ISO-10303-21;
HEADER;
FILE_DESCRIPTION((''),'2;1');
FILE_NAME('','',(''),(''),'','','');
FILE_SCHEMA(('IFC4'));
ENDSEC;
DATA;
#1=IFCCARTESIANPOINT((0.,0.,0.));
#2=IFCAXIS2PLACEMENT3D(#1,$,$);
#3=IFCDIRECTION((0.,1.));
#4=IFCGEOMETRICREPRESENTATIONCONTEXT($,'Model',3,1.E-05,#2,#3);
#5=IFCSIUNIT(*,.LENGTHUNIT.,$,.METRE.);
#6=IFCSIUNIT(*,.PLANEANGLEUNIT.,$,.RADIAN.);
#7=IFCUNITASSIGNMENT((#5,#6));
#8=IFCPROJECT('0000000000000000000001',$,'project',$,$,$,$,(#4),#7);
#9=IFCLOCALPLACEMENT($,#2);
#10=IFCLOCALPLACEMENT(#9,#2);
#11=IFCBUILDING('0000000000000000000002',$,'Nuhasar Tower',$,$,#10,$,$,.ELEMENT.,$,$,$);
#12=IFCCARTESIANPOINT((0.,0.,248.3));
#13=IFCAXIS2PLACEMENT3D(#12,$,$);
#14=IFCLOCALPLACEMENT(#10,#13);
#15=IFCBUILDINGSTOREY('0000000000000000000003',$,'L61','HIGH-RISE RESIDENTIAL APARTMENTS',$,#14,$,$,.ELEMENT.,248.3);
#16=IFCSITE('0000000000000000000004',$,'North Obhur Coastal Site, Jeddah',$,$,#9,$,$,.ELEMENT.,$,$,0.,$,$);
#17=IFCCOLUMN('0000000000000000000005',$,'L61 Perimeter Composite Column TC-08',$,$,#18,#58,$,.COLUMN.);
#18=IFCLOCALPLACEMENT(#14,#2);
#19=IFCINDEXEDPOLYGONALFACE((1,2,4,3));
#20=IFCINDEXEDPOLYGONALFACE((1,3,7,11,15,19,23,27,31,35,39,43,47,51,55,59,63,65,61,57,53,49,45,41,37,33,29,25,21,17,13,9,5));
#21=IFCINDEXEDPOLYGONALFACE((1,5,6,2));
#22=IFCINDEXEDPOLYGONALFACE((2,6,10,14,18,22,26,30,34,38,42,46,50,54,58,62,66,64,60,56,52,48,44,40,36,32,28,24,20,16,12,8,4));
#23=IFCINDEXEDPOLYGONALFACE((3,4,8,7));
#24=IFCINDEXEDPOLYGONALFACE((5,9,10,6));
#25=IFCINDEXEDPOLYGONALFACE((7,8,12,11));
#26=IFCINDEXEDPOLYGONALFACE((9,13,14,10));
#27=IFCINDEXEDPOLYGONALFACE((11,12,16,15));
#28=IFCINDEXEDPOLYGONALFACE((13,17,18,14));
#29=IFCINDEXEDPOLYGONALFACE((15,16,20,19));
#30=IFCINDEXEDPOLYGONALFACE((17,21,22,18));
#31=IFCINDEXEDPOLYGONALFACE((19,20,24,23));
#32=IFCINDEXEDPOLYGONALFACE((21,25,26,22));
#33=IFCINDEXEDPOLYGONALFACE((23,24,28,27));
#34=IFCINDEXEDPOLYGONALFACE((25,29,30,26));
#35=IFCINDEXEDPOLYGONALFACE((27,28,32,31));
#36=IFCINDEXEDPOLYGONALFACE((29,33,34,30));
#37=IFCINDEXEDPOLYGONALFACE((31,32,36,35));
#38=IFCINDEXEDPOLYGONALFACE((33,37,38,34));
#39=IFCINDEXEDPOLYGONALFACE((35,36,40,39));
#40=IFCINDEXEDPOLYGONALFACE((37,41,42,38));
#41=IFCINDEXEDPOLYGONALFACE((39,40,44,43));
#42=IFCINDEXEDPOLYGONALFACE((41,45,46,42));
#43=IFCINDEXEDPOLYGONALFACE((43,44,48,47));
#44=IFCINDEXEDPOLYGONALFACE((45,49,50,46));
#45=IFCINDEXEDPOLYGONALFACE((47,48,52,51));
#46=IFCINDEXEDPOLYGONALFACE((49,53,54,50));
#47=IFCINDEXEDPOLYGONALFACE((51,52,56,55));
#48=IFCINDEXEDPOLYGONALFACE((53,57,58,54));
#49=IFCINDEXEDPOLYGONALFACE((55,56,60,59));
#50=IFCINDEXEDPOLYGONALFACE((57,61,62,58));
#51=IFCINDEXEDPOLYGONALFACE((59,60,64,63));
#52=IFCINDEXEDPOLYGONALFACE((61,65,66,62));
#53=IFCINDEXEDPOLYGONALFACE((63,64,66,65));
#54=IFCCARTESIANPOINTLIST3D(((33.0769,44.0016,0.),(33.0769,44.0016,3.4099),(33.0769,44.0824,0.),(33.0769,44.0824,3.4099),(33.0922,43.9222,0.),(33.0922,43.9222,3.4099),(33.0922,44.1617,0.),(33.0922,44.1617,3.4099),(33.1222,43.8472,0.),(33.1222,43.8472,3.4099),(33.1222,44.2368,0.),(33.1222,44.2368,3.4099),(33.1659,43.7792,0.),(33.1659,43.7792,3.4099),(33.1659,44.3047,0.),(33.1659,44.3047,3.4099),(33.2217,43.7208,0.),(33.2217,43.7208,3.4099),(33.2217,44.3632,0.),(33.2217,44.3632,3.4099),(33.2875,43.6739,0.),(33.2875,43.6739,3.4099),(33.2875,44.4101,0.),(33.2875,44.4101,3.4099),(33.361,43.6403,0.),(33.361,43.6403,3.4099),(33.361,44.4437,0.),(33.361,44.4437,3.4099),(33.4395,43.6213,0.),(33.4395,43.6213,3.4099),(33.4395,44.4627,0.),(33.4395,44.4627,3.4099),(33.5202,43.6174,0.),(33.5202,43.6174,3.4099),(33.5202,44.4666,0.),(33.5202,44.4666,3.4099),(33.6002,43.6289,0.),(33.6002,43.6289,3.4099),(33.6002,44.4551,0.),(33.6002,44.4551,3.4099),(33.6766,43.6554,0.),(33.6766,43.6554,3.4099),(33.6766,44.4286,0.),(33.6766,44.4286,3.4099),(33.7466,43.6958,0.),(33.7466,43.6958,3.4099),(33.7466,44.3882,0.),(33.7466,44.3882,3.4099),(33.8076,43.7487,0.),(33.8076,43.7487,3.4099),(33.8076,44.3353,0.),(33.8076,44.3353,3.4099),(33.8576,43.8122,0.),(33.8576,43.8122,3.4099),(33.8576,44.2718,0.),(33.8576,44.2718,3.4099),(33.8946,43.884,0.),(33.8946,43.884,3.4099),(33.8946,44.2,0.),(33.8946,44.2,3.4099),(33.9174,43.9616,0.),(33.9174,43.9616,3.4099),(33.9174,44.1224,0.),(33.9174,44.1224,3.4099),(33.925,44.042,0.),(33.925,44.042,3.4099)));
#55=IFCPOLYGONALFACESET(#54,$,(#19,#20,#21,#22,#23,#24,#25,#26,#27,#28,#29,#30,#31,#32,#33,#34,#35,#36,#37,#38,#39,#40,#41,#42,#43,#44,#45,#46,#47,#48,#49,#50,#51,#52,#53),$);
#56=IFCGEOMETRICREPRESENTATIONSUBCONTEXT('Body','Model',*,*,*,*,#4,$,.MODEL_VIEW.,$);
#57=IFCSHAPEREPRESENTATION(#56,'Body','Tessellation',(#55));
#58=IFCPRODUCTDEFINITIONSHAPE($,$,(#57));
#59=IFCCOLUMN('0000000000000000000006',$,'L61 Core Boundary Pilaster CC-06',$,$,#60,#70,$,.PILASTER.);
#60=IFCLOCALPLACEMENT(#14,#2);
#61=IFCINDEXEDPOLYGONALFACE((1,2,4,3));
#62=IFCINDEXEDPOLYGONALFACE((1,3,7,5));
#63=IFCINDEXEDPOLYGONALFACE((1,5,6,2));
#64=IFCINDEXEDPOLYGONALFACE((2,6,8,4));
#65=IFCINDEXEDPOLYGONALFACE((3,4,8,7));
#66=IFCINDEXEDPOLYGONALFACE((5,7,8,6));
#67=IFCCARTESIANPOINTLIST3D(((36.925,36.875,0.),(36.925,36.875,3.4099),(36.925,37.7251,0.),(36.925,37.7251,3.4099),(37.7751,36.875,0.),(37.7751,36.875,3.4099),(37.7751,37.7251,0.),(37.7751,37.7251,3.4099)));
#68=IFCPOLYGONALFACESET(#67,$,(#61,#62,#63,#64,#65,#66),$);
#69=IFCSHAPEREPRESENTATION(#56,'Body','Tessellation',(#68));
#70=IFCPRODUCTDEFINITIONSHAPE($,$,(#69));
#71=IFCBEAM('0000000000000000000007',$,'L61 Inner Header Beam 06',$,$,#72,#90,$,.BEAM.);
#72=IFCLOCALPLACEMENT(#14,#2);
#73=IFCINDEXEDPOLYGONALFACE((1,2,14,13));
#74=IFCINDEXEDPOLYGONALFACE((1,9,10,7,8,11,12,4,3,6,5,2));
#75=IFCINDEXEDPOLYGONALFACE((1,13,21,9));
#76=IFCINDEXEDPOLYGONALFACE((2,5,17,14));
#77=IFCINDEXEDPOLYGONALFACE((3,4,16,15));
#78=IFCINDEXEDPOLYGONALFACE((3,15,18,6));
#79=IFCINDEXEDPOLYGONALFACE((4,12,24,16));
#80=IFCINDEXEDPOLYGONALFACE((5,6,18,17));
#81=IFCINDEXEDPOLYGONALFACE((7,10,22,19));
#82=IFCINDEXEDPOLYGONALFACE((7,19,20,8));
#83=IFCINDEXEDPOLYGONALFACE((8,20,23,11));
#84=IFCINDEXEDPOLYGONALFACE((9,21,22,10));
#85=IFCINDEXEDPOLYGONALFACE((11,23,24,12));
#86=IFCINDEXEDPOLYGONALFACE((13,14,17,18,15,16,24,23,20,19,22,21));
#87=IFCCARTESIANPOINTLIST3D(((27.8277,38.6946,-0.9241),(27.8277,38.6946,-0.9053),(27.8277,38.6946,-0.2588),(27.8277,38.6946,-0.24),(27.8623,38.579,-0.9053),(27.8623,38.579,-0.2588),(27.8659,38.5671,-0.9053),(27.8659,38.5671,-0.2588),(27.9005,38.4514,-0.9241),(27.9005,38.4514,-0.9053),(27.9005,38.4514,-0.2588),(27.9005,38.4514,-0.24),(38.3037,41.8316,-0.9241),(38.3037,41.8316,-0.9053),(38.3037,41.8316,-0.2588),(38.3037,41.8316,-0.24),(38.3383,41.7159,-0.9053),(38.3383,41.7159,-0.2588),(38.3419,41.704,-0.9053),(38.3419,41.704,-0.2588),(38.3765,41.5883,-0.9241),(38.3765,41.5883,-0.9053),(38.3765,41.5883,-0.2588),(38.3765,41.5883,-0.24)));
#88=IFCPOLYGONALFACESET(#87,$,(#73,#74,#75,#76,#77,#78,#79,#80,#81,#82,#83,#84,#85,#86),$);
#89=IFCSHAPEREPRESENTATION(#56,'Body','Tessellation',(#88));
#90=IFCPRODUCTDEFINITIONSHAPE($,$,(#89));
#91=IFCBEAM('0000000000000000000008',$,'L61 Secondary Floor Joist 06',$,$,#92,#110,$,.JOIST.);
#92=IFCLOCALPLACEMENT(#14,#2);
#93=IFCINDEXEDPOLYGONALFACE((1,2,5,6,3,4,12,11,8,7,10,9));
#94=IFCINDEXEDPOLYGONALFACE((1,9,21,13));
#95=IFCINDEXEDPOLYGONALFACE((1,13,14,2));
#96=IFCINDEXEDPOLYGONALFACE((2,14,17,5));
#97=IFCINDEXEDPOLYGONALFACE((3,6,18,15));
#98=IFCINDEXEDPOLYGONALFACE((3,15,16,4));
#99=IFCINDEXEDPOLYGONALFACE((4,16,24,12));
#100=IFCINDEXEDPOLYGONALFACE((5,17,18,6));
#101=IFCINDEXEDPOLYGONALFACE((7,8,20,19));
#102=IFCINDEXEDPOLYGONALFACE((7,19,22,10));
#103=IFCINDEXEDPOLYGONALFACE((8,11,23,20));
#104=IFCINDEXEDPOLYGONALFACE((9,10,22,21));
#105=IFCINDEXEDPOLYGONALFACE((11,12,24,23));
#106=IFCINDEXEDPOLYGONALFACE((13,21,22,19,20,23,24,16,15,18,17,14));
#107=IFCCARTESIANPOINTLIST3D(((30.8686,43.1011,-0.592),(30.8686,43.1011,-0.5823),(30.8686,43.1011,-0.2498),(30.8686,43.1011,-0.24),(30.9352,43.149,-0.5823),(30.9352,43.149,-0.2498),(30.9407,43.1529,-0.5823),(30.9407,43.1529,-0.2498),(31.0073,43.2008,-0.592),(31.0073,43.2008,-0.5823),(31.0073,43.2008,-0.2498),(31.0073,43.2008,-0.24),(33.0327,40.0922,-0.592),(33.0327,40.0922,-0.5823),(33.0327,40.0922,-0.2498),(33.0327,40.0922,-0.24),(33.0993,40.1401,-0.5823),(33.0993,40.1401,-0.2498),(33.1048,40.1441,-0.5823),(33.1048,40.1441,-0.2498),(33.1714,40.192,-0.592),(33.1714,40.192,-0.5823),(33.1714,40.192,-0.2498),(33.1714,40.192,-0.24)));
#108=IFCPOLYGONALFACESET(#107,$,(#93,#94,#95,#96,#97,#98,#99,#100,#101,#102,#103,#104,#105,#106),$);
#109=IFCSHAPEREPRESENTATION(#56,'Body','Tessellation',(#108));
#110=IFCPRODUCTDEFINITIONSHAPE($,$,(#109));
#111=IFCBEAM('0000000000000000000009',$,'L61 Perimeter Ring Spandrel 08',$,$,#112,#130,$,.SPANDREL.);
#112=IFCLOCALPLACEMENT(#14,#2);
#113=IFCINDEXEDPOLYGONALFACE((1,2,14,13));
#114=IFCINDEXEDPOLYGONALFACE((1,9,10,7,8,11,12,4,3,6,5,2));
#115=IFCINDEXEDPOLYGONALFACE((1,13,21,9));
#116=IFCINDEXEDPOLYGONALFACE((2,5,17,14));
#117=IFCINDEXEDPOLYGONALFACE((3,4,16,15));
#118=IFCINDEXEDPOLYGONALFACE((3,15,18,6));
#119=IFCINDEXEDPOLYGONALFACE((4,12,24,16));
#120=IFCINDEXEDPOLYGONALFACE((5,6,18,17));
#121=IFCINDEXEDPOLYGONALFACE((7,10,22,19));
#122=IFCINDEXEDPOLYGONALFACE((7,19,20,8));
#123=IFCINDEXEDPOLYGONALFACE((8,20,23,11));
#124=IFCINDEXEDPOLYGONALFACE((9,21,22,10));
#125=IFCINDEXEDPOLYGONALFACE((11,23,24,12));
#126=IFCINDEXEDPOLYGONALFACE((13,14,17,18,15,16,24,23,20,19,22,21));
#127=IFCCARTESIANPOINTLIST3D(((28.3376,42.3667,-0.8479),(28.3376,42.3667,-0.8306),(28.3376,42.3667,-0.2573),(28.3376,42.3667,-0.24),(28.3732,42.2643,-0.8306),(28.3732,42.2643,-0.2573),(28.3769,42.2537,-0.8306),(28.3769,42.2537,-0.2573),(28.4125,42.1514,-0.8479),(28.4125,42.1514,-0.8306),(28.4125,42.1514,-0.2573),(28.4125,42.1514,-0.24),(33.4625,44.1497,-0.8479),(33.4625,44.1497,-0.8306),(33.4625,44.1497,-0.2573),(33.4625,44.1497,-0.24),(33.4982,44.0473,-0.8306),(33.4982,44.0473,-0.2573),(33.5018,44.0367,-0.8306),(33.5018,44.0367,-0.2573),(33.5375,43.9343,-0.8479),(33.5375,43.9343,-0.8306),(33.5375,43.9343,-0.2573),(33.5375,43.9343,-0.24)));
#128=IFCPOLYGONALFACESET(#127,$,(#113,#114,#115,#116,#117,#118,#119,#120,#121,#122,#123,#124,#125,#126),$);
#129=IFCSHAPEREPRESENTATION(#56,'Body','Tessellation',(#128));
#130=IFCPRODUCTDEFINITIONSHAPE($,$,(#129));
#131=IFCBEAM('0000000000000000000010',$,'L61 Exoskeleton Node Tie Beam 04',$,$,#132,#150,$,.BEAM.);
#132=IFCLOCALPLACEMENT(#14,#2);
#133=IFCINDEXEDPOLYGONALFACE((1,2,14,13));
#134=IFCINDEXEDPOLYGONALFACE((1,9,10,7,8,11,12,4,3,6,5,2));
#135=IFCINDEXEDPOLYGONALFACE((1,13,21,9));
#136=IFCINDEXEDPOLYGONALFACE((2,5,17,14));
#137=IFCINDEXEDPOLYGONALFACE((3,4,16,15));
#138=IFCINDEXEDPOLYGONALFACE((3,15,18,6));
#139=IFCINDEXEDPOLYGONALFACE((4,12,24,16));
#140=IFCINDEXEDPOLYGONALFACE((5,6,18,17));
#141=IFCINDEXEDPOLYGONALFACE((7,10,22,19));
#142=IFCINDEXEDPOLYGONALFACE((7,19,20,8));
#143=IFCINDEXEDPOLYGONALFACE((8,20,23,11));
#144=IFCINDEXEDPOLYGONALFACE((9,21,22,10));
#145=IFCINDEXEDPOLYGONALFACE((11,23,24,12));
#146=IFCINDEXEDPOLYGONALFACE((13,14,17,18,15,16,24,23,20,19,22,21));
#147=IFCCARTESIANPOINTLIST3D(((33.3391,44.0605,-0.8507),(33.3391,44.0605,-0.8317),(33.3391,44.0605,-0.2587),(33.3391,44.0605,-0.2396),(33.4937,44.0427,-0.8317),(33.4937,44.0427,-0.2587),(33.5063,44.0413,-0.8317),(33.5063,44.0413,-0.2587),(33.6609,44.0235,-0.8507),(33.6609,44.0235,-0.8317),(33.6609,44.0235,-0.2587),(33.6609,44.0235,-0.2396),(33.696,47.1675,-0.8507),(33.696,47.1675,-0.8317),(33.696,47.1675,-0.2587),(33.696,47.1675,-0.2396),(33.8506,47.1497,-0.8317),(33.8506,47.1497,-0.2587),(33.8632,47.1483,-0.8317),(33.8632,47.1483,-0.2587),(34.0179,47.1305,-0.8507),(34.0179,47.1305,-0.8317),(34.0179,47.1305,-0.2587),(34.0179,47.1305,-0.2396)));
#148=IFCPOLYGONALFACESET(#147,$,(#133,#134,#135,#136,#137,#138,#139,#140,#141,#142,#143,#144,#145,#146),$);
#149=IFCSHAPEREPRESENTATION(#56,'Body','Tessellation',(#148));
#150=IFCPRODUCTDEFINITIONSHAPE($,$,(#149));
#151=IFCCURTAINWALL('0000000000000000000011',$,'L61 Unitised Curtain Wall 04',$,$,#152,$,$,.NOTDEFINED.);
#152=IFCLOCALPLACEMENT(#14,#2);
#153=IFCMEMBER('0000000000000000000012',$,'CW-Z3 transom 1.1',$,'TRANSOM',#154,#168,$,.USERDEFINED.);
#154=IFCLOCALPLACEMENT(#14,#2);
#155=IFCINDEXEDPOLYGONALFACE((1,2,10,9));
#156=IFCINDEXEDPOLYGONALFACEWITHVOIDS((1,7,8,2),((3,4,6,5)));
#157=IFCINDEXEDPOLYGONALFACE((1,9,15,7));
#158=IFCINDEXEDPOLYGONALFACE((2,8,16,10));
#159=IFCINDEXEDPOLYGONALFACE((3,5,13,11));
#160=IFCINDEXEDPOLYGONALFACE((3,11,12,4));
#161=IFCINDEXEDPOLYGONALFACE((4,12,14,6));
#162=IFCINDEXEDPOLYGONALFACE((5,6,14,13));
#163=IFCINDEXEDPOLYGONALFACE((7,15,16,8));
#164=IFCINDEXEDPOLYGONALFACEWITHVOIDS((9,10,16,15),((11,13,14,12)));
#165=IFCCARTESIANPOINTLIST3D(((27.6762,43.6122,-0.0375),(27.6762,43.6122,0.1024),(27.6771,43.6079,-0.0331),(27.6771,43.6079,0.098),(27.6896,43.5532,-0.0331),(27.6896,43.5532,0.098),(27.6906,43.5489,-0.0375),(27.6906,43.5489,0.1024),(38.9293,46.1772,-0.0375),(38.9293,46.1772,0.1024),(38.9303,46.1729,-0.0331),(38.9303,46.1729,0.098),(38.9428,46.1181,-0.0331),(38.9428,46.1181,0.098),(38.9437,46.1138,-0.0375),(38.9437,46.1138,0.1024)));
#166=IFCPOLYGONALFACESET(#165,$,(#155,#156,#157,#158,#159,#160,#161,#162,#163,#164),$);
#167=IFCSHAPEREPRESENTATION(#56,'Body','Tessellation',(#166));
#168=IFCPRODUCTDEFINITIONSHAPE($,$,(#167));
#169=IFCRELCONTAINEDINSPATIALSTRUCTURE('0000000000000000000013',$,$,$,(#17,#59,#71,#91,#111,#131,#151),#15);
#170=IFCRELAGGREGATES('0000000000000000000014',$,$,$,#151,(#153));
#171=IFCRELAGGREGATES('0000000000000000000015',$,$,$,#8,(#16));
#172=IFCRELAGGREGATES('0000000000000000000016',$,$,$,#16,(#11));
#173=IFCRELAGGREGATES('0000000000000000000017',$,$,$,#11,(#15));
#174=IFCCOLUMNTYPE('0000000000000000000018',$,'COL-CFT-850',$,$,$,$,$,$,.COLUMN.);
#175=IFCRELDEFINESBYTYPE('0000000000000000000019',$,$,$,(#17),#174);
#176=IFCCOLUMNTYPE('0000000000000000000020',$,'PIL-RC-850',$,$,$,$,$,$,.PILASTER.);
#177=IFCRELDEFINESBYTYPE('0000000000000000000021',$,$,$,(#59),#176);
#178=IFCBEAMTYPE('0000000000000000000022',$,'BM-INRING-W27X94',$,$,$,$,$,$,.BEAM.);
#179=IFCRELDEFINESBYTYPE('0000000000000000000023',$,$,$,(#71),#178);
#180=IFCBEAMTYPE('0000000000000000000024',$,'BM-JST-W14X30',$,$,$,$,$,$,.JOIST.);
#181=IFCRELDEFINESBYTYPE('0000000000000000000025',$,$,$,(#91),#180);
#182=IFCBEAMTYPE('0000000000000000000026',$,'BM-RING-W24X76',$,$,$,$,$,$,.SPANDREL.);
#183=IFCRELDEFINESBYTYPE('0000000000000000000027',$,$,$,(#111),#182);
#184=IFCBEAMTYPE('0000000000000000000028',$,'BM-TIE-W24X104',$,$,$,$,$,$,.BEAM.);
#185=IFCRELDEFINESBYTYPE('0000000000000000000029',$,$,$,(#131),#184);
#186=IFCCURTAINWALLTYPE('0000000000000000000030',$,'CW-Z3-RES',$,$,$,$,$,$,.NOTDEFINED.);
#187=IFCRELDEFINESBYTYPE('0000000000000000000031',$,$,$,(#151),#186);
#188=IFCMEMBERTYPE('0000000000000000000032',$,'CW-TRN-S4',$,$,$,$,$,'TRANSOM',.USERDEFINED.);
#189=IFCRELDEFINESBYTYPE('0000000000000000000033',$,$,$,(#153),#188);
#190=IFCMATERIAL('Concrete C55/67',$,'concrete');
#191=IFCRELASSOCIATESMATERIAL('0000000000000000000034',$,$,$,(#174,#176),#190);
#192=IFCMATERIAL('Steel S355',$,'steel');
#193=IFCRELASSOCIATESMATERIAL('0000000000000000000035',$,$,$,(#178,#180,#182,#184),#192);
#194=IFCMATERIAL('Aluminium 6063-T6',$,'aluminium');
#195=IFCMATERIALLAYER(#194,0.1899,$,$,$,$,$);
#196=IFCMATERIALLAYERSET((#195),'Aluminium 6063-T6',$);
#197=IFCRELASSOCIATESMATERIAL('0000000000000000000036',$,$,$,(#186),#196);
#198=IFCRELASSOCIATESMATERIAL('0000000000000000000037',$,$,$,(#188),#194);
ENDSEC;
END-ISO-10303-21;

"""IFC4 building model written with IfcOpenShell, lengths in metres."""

from ifc_helpers import new_model, si_unit, direction, frame, origin, origin_2d, place, context, subcontext, project, spatial, rectangle, hollow_rectangle, circle, i_section, extrude, material, layer, layer_set, material_profile, profile_set, type_object, element, aggregate, save


model = new_model("IFC4")

# Units and contexts
model_context = context("Model", 3, precision=1e-05, world=origin(), true_north=direction((0.0, 1.0)))
body_context = subcontext(model_context, "Body", "Model", "MODEL_VIEW")
ifc_project = project(units=[si_unit("LENGTHUNIT", "METRE"), si_unit("PLANEANGLEUNIT", "RADIAN")], contexts=[model_context])

# Site, building, storey
site_placement = place(None, origin())
site = spatial("IfcSite", under=ifc_project, at=site_placement, Name="North Obhur Coastal Site, Jeddah", CompositionType="ELEMENT", RefElevation=0.0)
building_placement = place(site_placement, origin())
building = spatial("IfcBuilding", under=site, at=building_placement, Name="Nuhasar Tower", CompositionType="ELEMENT")
storey_placement = place(building_placement, frame((0.0, 0.0, 248.3)))
storey = spatial("IfcBuildingStorey", under=building, at=storey_placement, Name="L61", Description="HIGH-RISE RESIDENTIAL APARTMENTS", CompositionType="ELEMENT", Elevation=248.3)

# Columns
ifc_material_1 = material(Name="Concrete C55/67", Category="concrete")
ifc_material_profile_1 = material_profile(ifc_material_1, circle(Radius=0.425, at=origin_2d()), Name="CFT850")
ifc_profile_set_1 = profile_set([ifc_material_profile_1], Name="Concrete C55/67")
column_type_1 = type_object("IfcColumnType", Name="COL-CFT-850", PredefinedType="COLUMN", material=ifc_profile_set_1)
column_1_placement = place(storey_placement, frame((33.5, 44.042, 0.0), z_axis=(0.0, 0.0, 1.0), x_axis=(1.0, 0.0, 0.0)))
element("IfcColumn", 1, at=column_1_placement, inside=storey, type_object=column_type_1, Name="L61 Perimeter Composite Column TC-08", PredefinedType="COLUMN", context=body_context, shape_type="SweptSolid", body=[
    extrude(circle(Radius=0.425, at=origin_2d()), origin(), (0.0, 0.0, 1.0), 3.4099),
])
ifc_material_profile_2 = material_profile(ifc_material_1, rectangle(XDim=0.8501, YDim=0.8501, at=origin_2d()), Name="RC850X850")
ifc_profile_set_2 = profile_set([ifc_material_profile_2], Name="Concrete C55/67")
column_type_2 = type_object("IfcColumnType", Name="PIL-RC-850", PredefinedType="PILASTER", material=ifc_profile_set_2)
column_2_placement = place(storey_placement, frame((37.3501, 37.3, 0.0), z_axis=(0.0, 0.0, 1.0), x_axis=(1.0, 0.0, 0.0)))
element("IfcColumn", 2, at=column_2_placement, inside=storey, type_object=column_type_2, Name="L61 Core Boundary Pilaster CC-06", PredefinedType="PILASTER", context=body_context, shape_type="SweptSolid", body=[
    extrude(rectangle(XDim=0.8501, YDim=0.8501, at=origin_2d()), origin(), (0.0, 0.0, 1.0), 3.4099),
])

# Beams
ifc_material_2 = material(Name="Steel S355", Category="steel")
ifc_material_profile_3 = material_profile(ifc_material_2, i_section(OverallWidth=0.2539, OverallDepth=0.6841, WebThickness=0.0125, FlangeThickness=0.0188, at=origin_2d()), Name="W27X94")
ifc_profile_set_3 = profile_set([ifc_material_profile_3], Name="Steel S355")
beam_type_1 = type_object("IfcBeamType", Name="BM-INRING-W27X94", PredefinedType="BEAM", material=ifc_profile_set_3)
beam_1_placement = place(storey_placement, frame((38.3401, 41.71, -0.582), z_axis=(-0.957974, -0.286856, 0.0), x_axis=(0.286856, -0.957974, 0.0)))
element("IfcBeam", 3, at=beam_1_placement, inside=storey, type_object=beam_type_1, Name="L61 Inner Header Beam 06", PredefinedType="BEAM", context=body_context, shape_type="SweptSolid", body=[
    extrude(i_section(OverallWidth=0.2539, OverallDepth=0.6841, WebThickness=0.0125, FlangeThickness=0.0188, at=origin_2d()), origin(), (0.0, 0.0, 1.0), 10.9355),
])
ifc_material_profile_4 = material_profile(ifc_material_2, i_section(OverallWidth=0.1709, OverallDepth=0.3521, WebThickness=0.0068, FlangeThickness=0.0098, at=origin_2d()), Name="W14X30")
ifc_profile_set_4 = profile_set([ifc_material_profile_4], Name="Steel S355")
beam_type_2 = type_object("IfcBeamType", Name="BM-JST-W14X30", PredefinedType="JOIST", material=ifc_profile_set_4)
beam_2_placement = place(storey_placement, frame((33.1021, 40.1421, -0.416), z_axis=(-0.583902, 0.811824, 0.0), x_axis=(-0.811824, -0.583902, 0.0)))
element("IfcBeam", 4, at=beam_2_placement, inside=storey, type_object=beam_type_2, Name="L61 Secondary Floor Joist 06", PredefinedType="JOIST", context=body_context, shape_type="SweptSolid", body=[
    extrude(i_section(OverallWidth=0.1709, OverallDepth=0.3521, WebThickness=0.0068, FlangeThickness=0.0098, at=origin_2d()), origin(), (0.0, 0.0, 1.0), 3.7063),
])
ifc_material_profile_5 = material_profile(ifc_material_2, i_section(OverallWidth=0.228, OverallDepth=0.6079, WebThickness=0.0112, FlangeThickness=0.0173, at=origin_2d()), Name="W24X76")
ifc_profile_set_5 = profile_set([ifc_material_profile_5], Name="Steel S355")
beam_type_3 = type_object("IfcBeamType", Name="BM-RING-W24X76", PredefinedType="SPANDREL", material=ifc_profile_set_5)
beam_3_placement = place(storey_placement, frame((33.5, 44.042, -0.5439), z_axis=(-0.944477, -0.328578, 0.0), x_axis=(0.328578, -0.944477, 0.0)))
element("IfcBeam", 5, at=beam_3_placement, inside=storey, type_object=beam_type_3, Name="L61 Perimeter Ring Spandrel 08", PredefinedType="SPANDREL", context=body_context, shape_type="SweptSolid", body=[
    extrude(i_section(OverallWidth=0.228, OverallDepth=0.6079, WebThickness=0.0112, FlangeThickness=0.0173, at=origin_2d()), origin(), (0.0, 0.0, 1.0), 5.4263),
])
ifc_material_profile_6 = material_profile(ifc_material_2, i_section(OverallWidth=0.324, OverallDepth=0.6111, WebThickness=0.0127, FlangeThickness=0.019, at=origin_2d()), Name="W24X104")
ifc_profile_set_6 = profile_set([ifc_material_profile_6], Name="Steel S355")
beam_type_4 = type_object("IfcBeamType", Name="BM-TIE-W24X104", PredefinedType="BEAM", material=ifc_profile_set_6)
beam_4_placement = place(storey_placement, frame((33.5, 44.042, -0.5452), z_axis=(0.114132, 0.993466, 0.0), x_axis=(-0.993466, 0.114132, 0.0)))
element("IfcBeam", 6, at=beam_4_placement, inside=storey, type_object=beam_type_4, Name="L61 Exoskeleton Node Tie Beam 04", PredefinedType="BEAM", context=body_context, shape_type="SweptSolid", body=[
    extrude(i_section(OverallWidth=0.324, OverallDepth=0.6111, WebThickness=0.0127, FlangeThickness=0.019, at=origin_2d()), origin(), (0.0, 0.0, 1.0), 3.1274),
])

# Curtain wall, member
ifc_material_3 = material(Name="Aluminium 6063-T6", Category="aluminium")
ifc_layer_1 = layer(ifc_material_3, 0.1899)
ifc_layer_set_1 = layer_set([ifc_layer_1], Name="Aluminium 6063-T6")
curtain_wall_type = type_object("IfcCurtainWallType", Name="CW-Z3-RES", PredefinedType="NOTDEFINED", material=ifc_layer_set_1)
curtain_wall_placement = place(storey_placement, origin())
curtain_wall = element("IfcCurtainWall", 7, at=curtain_wall_placement, inside=storey, type_object=curtain_wall_type, Name="L61 Unitised Curtain Wall 04", PredefinedType="NOTDEFINED")
ifc_material_profile_7 = material_profile(ifc_material_3, hollow_rectangle(XDim=0.0649, YDim=0.1399, WallThickness=0.0044, at=origin_2d()), Name="CWT-4")
ifc_profile_set_7 = profile_set([ifc_material_profile_7], Name="Aluminium 6063-T6")
member_type_1 = type_object("IfcMemberType", Name="CW-TRN-S4", ElementType="TRANSOM", PredefinedType="USERDEFINED", material=ifc_profile_set_7)
member_1_placement = place(storey_placement, frame((38.9365, 46.1455, 0.0325), z_axis=(-0.974994, -0.222231, 0.0), x_axis=(0.222231, -0.974994, 0.0)))
member_1 = element("IfcMember", 8, at=member_1_placement, type_object=member_type_1, Name="CW-Z3 transom 1.1", ObjectType="TRANSOM", PredefinedType="USERDEFINED", context=body_context, shape_type="SweptSolid", body=[
    extrude(hollow_rectangle(XDim=0.0649, YDim=0.1399, WallThickness=0.0044, at=origin_2d()), origin(), (0.0, 0.0, 1.0), 11.5417),
])

aggregate(curtain_wall, [member_1])

save(model, "model.ifc")
